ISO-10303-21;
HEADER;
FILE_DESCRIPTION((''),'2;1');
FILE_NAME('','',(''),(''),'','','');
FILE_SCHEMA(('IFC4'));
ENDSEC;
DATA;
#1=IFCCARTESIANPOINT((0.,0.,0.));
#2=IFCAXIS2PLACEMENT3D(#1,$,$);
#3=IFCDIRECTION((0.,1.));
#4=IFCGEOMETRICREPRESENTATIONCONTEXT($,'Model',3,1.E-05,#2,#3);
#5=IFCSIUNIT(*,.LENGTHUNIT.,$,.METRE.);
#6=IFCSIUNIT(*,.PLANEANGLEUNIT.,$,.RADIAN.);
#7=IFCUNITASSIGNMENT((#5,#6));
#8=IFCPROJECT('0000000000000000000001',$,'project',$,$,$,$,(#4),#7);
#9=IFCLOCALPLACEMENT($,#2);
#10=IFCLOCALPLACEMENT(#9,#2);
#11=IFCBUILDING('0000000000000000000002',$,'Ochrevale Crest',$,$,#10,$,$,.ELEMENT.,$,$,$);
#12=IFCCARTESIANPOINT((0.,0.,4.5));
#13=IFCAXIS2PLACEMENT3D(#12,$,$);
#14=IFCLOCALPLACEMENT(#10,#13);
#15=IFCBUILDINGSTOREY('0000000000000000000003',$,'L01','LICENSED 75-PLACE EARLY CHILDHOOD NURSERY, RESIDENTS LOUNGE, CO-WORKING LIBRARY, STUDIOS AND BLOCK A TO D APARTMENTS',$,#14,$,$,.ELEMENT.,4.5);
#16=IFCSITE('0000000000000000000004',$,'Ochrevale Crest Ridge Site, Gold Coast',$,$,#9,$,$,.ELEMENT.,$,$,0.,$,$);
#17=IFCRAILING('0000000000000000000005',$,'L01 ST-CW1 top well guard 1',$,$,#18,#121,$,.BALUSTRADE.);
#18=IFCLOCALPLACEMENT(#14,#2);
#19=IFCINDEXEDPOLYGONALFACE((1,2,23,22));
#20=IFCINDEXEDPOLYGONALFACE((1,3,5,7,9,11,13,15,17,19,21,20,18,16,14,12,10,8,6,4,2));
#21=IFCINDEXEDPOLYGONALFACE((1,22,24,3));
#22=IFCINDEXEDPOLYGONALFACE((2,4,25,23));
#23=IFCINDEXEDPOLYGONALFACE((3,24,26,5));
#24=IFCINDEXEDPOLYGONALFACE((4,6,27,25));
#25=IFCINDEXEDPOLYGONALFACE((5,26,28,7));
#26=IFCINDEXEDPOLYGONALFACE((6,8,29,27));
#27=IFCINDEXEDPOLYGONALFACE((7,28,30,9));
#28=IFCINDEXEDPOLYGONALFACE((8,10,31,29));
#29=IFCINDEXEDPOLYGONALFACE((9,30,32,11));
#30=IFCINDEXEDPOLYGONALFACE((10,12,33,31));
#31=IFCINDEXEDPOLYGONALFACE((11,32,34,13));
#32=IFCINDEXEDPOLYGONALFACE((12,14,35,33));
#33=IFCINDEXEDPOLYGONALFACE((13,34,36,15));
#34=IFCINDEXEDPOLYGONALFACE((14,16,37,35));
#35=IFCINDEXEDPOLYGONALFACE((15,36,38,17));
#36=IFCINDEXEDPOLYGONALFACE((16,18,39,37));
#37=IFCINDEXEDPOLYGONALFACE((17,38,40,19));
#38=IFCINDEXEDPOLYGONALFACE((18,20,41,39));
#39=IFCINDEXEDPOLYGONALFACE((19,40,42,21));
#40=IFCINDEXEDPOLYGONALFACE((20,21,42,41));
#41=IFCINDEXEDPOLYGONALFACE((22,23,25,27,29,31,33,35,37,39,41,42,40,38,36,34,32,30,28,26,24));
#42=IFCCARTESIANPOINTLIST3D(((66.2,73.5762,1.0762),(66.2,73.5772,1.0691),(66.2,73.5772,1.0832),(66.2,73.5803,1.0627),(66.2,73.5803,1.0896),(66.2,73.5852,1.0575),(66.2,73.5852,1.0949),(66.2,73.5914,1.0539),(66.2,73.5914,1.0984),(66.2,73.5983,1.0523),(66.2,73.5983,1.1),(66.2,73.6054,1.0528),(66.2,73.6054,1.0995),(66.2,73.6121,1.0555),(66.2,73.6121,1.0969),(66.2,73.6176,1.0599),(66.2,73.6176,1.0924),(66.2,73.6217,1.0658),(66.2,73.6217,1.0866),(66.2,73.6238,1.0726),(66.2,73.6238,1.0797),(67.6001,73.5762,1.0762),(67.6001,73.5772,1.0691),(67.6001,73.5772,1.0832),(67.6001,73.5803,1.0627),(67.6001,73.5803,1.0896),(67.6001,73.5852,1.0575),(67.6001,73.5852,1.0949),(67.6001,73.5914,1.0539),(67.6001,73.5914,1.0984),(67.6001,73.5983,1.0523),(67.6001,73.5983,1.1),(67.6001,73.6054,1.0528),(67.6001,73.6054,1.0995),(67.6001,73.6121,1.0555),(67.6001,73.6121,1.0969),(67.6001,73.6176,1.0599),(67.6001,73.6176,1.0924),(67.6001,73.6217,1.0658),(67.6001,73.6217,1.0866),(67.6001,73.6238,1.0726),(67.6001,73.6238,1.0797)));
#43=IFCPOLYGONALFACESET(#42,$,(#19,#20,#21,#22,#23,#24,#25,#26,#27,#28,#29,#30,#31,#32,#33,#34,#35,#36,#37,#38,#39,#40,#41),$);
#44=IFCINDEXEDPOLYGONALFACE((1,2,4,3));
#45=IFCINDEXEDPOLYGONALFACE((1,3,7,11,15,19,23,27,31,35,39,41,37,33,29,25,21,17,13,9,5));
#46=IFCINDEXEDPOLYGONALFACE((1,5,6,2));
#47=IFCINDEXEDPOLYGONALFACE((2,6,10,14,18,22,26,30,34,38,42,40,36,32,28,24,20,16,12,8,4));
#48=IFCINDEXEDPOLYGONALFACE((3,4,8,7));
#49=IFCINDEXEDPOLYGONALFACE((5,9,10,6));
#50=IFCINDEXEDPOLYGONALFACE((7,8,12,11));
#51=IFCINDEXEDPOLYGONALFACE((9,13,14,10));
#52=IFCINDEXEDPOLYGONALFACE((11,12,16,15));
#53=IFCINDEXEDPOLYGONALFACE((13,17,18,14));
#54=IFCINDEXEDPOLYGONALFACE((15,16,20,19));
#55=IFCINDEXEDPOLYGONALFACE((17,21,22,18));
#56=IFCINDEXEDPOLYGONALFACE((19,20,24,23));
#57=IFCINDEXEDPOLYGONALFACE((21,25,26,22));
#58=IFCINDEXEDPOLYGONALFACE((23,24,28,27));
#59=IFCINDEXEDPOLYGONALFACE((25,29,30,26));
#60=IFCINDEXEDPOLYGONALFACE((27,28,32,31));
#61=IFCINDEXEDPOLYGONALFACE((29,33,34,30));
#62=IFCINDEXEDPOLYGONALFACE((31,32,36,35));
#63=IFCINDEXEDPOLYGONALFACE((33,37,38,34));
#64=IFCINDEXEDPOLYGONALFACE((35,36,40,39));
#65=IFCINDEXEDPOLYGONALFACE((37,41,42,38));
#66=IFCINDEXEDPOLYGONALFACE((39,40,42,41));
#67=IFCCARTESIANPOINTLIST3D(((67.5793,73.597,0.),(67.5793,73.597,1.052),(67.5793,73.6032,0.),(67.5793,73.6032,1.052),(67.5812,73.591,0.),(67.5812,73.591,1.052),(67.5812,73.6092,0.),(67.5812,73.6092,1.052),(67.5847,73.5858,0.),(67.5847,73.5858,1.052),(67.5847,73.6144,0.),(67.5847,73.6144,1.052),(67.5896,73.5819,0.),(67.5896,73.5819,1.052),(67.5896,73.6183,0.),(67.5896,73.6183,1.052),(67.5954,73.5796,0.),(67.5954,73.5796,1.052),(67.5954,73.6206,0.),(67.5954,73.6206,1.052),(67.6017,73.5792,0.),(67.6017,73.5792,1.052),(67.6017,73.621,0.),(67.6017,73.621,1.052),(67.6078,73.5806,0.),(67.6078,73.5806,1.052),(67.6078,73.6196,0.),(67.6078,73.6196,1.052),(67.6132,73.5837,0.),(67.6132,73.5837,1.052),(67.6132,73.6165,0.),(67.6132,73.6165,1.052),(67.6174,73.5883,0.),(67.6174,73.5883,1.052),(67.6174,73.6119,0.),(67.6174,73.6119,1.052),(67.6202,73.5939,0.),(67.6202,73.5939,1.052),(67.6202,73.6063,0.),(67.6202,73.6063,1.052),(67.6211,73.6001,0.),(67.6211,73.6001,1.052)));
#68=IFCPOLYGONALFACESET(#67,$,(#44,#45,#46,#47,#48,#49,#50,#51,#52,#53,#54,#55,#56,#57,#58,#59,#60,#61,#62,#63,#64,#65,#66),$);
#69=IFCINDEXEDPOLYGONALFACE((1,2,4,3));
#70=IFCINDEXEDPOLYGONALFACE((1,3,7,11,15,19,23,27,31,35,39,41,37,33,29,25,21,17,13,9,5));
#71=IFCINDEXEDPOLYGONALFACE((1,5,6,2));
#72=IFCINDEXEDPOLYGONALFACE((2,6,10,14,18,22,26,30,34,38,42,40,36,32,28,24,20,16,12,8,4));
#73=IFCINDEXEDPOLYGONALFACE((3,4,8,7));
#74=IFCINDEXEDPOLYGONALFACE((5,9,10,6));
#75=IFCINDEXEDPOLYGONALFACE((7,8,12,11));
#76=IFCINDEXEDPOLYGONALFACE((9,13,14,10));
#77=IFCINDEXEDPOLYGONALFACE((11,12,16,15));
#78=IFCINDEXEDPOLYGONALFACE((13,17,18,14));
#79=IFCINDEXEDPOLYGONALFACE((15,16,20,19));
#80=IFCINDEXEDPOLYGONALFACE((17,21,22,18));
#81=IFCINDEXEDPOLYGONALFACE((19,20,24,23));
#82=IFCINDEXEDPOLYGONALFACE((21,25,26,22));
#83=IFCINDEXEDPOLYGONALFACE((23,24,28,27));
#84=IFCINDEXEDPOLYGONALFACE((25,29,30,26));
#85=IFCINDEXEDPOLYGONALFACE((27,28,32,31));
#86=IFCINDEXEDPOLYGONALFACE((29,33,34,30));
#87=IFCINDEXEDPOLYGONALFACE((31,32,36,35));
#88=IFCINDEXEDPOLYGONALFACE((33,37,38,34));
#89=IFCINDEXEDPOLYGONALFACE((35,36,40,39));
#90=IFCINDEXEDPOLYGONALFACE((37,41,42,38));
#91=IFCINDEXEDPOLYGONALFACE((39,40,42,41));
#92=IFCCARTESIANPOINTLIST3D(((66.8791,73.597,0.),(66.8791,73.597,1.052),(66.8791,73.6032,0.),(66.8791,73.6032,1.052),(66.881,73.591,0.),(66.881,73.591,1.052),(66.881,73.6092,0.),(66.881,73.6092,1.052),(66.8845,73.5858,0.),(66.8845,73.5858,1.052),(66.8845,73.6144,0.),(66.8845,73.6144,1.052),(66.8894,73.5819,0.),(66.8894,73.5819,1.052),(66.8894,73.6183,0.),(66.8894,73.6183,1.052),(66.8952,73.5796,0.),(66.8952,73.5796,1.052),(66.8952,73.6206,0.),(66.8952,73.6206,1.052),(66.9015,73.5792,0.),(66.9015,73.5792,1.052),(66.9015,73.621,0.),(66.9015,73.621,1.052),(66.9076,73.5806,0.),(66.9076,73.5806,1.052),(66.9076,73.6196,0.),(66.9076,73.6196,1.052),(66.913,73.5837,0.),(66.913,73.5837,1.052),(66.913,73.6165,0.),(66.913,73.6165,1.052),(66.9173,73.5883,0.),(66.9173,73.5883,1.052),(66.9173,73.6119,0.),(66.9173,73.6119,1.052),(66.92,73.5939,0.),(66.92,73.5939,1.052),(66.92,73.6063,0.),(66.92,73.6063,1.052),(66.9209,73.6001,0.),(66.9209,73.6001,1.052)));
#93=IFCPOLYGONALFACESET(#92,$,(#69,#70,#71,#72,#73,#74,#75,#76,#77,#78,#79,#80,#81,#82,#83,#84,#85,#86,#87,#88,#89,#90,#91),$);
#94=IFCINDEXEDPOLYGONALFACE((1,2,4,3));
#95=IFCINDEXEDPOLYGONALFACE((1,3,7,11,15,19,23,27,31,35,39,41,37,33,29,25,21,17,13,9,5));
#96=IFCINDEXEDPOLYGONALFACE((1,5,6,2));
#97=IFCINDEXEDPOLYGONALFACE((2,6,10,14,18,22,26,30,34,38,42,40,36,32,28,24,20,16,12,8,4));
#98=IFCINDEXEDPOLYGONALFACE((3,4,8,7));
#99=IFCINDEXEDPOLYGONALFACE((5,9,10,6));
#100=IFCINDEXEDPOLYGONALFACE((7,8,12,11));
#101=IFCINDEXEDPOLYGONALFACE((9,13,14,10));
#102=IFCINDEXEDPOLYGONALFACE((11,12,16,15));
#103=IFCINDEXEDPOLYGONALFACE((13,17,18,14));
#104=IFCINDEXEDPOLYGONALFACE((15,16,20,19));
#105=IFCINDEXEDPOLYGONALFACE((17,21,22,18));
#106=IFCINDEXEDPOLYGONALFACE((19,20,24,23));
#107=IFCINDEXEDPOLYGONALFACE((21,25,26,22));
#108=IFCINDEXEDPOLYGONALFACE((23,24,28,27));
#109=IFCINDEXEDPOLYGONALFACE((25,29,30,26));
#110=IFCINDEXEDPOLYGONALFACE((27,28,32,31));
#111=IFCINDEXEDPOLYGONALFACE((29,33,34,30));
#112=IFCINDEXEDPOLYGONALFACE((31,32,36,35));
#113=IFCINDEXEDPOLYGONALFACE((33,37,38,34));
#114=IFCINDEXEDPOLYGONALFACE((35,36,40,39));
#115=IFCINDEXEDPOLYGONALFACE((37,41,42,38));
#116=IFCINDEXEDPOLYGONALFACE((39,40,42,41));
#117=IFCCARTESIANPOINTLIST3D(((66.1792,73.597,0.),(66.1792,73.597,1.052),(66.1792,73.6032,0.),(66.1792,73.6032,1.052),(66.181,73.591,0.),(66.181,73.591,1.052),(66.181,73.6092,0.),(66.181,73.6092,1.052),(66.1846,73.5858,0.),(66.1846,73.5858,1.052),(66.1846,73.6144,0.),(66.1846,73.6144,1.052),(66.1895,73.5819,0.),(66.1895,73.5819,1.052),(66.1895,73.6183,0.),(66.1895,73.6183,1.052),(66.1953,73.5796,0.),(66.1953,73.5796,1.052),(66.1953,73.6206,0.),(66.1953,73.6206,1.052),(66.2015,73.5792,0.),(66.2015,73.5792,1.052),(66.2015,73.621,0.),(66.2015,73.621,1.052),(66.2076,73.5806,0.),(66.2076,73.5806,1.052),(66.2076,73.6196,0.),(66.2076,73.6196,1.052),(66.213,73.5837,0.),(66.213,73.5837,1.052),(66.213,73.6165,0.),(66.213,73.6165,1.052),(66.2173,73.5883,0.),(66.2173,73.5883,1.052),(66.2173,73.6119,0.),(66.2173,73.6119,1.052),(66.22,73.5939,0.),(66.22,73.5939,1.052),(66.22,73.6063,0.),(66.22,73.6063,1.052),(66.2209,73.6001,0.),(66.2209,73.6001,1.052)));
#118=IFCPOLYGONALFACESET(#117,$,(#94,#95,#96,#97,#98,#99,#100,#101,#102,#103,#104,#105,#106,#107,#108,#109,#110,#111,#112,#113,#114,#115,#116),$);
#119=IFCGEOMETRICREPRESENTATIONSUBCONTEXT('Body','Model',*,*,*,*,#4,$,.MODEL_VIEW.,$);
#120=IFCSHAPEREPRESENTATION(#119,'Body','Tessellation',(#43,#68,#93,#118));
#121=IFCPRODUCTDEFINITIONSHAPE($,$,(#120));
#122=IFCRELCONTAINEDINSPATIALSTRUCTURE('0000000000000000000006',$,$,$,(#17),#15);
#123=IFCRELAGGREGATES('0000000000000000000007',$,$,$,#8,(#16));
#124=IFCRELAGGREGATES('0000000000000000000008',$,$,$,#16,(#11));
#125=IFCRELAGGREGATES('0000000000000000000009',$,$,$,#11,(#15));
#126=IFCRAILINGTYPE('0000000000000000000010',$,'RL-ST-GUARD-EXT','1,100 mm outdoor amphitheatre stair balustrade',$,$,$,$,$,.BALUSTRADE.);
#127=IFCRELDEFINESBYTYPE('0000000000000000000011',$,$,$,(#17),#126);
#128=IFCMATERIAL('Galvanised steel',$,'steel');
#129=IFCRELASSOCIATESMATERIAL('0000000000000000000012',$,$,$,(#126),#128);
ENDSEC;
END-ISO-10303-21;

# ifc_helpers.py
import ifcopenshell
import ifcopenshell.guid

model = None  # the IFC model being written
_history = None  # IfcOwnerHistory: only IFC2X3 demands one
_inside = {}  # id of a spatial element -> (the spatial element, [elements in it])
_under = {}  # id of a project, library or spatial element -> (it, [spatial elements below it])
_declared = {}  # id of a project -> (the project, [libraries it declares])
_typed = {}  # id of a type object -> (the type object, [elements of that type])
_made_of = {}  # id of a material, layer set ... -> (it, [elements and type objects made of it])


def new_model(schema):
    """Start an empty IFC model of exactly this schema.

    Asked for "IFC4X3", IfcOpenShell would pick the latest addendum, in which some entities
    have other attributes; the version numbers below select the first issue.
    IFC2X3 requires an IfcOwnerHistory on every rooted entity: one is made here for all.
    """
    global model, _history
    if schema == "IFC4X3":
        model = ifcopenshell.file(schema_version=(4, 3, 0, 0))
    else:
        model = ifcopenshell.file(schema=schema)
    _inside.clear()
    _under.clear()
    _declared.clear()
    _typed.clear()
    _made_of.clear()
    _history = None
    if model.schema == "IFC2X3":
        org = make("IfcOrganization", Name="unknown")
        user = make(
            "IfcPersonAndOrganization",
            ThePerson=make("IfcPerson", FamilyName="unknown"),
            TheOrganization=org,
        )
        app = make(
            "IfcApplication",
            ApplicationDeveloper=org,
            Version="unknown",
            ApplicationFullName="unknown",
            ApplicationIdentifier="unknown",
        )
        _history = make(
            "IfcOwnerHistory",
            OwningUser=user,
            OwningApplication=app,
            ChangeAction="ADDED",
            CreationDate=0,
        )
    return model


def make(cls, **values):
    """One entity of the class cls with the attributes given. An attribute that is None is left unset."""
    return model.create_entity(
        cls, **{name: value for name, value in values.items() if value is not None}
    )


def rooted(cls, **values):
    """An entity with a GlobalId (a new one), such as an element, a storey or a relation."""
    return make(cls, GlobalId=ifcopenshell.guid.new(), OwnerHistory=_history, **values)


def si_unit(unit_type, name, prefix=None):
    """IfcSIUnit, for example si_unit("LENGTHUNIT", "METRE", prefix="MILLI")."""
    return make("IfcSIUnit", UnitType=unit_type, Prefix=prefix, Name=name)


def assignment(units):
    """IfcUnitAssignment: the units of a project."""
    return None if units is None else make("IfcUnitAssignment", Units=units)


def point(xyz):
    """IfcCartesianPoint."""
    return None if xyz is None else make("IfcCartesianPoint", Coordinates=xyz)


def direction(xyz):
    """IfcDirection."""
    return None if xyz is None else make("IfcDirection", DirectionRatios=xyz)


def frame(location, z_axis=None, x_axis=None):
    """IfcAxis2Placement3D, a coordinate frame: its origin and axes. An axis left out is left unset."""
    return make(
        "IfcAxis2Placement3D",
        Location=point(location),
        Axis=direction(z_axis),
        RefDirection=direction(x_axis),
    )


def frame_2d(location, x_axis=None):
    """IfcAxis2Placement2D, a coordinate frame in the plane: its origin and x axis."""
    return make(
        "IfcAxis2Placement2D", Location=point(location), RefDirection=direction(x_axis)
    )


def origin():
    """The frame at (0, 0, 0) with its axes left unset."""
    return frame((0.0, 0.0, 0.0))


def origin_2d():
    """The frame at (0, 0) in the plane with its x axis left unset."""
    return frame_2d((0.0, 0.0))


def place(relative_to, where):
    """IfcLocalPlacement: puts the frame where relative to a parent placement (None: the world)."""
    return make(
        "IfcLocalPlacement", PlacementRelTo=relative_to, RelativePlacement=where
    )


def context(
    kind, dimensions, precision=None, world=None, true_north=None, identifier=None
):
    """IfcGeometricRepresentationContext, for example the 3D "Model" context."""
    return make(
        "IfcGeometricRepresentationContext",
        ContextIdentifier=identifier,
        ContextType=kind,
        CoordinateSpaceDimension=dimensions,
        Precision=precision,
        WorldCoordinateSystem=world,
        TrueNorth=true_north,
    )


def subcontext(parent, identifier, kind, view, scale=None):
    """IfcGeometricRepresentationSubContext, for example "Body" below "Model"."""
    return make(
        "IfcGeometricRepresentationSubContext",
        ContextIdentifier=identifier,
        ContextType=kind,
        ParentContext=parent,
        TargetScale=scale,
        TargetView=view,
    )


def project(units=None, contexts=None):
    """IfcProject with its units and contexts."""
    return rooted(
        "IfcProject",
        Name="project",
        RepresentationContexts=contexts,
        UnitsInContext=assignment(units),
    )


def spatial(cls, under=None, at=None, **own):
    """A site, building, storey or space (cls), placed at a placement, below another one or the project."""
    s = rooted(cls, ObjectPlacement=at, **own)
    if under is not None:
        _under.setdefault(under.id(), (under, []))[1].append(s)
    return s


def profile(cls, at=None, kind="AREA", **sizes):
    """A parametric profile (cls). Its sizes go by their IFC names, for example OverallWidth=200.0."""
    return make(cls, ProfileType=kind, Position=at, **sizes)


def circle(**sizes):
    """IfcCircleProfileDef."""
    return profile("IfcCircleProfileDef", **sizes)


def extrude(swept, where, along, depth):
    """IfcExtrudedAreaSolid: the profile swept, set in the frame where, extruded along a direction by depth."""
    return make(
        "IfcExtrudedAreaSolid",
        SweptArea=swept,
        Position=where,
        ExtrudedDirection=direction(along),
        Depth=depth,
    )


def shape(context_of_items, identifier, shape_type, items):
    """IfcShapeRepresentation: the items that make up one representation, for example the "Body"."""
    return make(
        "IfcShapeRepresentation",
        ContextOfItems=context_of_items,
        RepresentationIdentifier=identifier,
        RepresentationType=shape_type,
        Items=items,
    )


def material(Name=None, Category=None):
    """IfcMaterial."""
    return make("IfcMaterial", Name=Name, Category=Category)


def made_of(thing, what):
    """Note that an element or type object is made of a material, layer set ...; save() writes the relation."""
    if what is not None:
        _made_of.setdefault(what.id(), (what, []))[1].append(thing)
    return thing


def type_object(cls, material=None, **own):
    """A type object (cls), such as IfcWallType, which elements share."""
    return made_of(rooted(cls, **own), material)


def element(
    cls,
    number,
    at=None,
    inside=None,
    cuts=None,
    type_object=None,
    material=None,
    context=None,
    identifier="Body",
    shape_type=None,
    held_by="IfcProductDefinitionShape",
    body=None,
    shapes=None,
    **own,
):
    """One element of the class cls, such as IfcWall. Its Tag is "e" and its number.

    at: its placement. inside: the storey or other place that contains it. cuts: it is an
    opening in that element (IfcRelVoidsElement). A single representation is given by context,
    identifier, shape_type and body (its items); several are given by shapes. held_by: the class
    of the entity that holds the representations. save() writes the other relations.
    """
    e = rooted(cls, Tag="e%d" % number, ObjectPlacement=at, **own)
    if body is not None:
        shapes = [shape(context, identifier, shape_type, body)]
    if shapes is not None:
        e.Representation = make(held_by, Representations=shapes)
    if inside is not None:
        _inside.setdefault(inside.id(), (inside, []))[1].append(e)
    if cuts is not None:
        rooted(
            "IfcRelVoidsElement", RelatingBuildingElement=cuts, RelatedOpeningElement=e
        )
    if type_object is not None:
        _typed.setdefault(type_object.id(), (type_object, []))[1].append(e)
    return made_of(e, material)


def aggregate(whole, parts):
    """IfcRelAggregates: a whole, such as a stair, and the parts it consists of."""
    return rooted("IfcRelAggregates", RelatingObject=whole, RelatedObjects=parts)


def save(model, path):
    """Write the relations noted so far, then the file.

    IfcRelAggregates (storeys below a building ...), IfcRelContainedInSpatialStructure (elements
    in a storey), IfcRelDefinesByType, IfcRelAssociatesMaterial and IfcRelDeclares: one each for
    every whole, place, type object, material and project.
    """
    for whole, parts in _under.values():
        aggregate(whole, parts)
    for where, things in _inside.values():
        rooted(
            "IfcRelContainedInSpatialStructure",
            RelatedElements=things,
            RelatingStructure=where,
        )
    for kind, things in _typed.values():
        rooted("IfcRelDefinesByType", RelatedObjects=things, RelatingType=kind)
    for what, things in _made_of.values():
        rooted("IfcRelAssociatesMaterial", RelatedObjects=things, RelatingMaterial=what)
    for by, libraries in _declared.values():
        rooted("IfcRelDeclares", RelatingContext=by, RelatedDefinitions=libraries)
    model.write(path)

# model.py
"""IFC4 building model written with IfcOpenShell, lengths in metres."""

from ifc_helpers import new_model, si_unit, direction, frame, origin, origin_2d, place, context, subcontext, project, spatial, circle, extrude, material, type_object, element, save


model = new_model("IFC4")

# Units and contexts
model_context = context("Model", 3, precision=1e-05, world=origin(), true_north=direction((0.0, 1.0)))
body_context = subcontext(model_context, "Body", "Model", "MODEL_VIEW")
ifc_project = project(units=[si_unit("LENGTHUNIT", "METRE"), si_unit("PLANEANGLEUNIT", "RADIAN")], contexts=[model_context])

# Site, building, storey
site_placement = place(None, origin())
site = spatial("IfcSite", under=ifc_project, at=site_placement, Name="Ochrevale Crest Ridge Site, Gold Coast", CompositionType="ELEMENT", RefElevation=0.0)
building_placement = place(site_placement, origin())
building = spatial("IfcBuilding", under=site, at=building_placement, Name="Ochrevale Crest", CompositionType="ELEMENT")
storey_placement = place(building_placement, frame((0.0, 0.0, 4.5)))
storey = spatial("IfcBuildingStorey", under=building, at=storey_placement, Name="L01", Description="LICENSED 75-PLACE EARLY CHILDHOOD NURSERY, RESIDENTS LOUNGE, CO-WORKING LIBRARY, STUDIOS AND BLOCK A TO D APARTMENTS", CompositionType="ELEMENT", Elevation=4.5)

# Railing
ifc_material_1 = material(Name="Galvanised steel", Category="steel")
railing_type_1 = type_object("IfcRailingType", Name="RL-ST-GUARD-EXT", Description="1,100 mm outdoor amphitheatre stair balustrade", PredefinedType="BALUSTRADE", material=ifc_material_1)
railing_1_placement = place(storey_placement, frame((67.6001, 73.6001, 0.0)))
element("IfcRailing", 1, at=railing_1_placement, inside=storey, type_object=railing_type_1, Name="L01 ST-CW1 top well guard 1", PredefinedType="BALUSTRADE", context=body_context, shape_type="SweptSolid", body=[
    extrude(circle(Radius=0.0239, at=origin_2d()), frame((0.0, 0.0, 1.0762), z_axis=(-1.0, 0.0, 0.0), x_axis=(0.0, -1.0, 0.0)), (0.0, 0.0, 1.0), 1.4001),
    extrude(circle(Radius=0.021, at=origin_2d()), origin(), (0.0, 0.0, 1.0), 1.052),
    extrude(circle(Radius=0.021, at=origin_2d()), frame((-0.7002, 0.0, 0.0)), (0.0, 0.0, 1.0), 1.052),
    extrude(circle(Radius=0.021, at=origin_2d()), frame((-1.4001, 0.0, 0.0)), (0.0, 0.0, 1.0), 1.052),
])

save(model, "model.ifc")
